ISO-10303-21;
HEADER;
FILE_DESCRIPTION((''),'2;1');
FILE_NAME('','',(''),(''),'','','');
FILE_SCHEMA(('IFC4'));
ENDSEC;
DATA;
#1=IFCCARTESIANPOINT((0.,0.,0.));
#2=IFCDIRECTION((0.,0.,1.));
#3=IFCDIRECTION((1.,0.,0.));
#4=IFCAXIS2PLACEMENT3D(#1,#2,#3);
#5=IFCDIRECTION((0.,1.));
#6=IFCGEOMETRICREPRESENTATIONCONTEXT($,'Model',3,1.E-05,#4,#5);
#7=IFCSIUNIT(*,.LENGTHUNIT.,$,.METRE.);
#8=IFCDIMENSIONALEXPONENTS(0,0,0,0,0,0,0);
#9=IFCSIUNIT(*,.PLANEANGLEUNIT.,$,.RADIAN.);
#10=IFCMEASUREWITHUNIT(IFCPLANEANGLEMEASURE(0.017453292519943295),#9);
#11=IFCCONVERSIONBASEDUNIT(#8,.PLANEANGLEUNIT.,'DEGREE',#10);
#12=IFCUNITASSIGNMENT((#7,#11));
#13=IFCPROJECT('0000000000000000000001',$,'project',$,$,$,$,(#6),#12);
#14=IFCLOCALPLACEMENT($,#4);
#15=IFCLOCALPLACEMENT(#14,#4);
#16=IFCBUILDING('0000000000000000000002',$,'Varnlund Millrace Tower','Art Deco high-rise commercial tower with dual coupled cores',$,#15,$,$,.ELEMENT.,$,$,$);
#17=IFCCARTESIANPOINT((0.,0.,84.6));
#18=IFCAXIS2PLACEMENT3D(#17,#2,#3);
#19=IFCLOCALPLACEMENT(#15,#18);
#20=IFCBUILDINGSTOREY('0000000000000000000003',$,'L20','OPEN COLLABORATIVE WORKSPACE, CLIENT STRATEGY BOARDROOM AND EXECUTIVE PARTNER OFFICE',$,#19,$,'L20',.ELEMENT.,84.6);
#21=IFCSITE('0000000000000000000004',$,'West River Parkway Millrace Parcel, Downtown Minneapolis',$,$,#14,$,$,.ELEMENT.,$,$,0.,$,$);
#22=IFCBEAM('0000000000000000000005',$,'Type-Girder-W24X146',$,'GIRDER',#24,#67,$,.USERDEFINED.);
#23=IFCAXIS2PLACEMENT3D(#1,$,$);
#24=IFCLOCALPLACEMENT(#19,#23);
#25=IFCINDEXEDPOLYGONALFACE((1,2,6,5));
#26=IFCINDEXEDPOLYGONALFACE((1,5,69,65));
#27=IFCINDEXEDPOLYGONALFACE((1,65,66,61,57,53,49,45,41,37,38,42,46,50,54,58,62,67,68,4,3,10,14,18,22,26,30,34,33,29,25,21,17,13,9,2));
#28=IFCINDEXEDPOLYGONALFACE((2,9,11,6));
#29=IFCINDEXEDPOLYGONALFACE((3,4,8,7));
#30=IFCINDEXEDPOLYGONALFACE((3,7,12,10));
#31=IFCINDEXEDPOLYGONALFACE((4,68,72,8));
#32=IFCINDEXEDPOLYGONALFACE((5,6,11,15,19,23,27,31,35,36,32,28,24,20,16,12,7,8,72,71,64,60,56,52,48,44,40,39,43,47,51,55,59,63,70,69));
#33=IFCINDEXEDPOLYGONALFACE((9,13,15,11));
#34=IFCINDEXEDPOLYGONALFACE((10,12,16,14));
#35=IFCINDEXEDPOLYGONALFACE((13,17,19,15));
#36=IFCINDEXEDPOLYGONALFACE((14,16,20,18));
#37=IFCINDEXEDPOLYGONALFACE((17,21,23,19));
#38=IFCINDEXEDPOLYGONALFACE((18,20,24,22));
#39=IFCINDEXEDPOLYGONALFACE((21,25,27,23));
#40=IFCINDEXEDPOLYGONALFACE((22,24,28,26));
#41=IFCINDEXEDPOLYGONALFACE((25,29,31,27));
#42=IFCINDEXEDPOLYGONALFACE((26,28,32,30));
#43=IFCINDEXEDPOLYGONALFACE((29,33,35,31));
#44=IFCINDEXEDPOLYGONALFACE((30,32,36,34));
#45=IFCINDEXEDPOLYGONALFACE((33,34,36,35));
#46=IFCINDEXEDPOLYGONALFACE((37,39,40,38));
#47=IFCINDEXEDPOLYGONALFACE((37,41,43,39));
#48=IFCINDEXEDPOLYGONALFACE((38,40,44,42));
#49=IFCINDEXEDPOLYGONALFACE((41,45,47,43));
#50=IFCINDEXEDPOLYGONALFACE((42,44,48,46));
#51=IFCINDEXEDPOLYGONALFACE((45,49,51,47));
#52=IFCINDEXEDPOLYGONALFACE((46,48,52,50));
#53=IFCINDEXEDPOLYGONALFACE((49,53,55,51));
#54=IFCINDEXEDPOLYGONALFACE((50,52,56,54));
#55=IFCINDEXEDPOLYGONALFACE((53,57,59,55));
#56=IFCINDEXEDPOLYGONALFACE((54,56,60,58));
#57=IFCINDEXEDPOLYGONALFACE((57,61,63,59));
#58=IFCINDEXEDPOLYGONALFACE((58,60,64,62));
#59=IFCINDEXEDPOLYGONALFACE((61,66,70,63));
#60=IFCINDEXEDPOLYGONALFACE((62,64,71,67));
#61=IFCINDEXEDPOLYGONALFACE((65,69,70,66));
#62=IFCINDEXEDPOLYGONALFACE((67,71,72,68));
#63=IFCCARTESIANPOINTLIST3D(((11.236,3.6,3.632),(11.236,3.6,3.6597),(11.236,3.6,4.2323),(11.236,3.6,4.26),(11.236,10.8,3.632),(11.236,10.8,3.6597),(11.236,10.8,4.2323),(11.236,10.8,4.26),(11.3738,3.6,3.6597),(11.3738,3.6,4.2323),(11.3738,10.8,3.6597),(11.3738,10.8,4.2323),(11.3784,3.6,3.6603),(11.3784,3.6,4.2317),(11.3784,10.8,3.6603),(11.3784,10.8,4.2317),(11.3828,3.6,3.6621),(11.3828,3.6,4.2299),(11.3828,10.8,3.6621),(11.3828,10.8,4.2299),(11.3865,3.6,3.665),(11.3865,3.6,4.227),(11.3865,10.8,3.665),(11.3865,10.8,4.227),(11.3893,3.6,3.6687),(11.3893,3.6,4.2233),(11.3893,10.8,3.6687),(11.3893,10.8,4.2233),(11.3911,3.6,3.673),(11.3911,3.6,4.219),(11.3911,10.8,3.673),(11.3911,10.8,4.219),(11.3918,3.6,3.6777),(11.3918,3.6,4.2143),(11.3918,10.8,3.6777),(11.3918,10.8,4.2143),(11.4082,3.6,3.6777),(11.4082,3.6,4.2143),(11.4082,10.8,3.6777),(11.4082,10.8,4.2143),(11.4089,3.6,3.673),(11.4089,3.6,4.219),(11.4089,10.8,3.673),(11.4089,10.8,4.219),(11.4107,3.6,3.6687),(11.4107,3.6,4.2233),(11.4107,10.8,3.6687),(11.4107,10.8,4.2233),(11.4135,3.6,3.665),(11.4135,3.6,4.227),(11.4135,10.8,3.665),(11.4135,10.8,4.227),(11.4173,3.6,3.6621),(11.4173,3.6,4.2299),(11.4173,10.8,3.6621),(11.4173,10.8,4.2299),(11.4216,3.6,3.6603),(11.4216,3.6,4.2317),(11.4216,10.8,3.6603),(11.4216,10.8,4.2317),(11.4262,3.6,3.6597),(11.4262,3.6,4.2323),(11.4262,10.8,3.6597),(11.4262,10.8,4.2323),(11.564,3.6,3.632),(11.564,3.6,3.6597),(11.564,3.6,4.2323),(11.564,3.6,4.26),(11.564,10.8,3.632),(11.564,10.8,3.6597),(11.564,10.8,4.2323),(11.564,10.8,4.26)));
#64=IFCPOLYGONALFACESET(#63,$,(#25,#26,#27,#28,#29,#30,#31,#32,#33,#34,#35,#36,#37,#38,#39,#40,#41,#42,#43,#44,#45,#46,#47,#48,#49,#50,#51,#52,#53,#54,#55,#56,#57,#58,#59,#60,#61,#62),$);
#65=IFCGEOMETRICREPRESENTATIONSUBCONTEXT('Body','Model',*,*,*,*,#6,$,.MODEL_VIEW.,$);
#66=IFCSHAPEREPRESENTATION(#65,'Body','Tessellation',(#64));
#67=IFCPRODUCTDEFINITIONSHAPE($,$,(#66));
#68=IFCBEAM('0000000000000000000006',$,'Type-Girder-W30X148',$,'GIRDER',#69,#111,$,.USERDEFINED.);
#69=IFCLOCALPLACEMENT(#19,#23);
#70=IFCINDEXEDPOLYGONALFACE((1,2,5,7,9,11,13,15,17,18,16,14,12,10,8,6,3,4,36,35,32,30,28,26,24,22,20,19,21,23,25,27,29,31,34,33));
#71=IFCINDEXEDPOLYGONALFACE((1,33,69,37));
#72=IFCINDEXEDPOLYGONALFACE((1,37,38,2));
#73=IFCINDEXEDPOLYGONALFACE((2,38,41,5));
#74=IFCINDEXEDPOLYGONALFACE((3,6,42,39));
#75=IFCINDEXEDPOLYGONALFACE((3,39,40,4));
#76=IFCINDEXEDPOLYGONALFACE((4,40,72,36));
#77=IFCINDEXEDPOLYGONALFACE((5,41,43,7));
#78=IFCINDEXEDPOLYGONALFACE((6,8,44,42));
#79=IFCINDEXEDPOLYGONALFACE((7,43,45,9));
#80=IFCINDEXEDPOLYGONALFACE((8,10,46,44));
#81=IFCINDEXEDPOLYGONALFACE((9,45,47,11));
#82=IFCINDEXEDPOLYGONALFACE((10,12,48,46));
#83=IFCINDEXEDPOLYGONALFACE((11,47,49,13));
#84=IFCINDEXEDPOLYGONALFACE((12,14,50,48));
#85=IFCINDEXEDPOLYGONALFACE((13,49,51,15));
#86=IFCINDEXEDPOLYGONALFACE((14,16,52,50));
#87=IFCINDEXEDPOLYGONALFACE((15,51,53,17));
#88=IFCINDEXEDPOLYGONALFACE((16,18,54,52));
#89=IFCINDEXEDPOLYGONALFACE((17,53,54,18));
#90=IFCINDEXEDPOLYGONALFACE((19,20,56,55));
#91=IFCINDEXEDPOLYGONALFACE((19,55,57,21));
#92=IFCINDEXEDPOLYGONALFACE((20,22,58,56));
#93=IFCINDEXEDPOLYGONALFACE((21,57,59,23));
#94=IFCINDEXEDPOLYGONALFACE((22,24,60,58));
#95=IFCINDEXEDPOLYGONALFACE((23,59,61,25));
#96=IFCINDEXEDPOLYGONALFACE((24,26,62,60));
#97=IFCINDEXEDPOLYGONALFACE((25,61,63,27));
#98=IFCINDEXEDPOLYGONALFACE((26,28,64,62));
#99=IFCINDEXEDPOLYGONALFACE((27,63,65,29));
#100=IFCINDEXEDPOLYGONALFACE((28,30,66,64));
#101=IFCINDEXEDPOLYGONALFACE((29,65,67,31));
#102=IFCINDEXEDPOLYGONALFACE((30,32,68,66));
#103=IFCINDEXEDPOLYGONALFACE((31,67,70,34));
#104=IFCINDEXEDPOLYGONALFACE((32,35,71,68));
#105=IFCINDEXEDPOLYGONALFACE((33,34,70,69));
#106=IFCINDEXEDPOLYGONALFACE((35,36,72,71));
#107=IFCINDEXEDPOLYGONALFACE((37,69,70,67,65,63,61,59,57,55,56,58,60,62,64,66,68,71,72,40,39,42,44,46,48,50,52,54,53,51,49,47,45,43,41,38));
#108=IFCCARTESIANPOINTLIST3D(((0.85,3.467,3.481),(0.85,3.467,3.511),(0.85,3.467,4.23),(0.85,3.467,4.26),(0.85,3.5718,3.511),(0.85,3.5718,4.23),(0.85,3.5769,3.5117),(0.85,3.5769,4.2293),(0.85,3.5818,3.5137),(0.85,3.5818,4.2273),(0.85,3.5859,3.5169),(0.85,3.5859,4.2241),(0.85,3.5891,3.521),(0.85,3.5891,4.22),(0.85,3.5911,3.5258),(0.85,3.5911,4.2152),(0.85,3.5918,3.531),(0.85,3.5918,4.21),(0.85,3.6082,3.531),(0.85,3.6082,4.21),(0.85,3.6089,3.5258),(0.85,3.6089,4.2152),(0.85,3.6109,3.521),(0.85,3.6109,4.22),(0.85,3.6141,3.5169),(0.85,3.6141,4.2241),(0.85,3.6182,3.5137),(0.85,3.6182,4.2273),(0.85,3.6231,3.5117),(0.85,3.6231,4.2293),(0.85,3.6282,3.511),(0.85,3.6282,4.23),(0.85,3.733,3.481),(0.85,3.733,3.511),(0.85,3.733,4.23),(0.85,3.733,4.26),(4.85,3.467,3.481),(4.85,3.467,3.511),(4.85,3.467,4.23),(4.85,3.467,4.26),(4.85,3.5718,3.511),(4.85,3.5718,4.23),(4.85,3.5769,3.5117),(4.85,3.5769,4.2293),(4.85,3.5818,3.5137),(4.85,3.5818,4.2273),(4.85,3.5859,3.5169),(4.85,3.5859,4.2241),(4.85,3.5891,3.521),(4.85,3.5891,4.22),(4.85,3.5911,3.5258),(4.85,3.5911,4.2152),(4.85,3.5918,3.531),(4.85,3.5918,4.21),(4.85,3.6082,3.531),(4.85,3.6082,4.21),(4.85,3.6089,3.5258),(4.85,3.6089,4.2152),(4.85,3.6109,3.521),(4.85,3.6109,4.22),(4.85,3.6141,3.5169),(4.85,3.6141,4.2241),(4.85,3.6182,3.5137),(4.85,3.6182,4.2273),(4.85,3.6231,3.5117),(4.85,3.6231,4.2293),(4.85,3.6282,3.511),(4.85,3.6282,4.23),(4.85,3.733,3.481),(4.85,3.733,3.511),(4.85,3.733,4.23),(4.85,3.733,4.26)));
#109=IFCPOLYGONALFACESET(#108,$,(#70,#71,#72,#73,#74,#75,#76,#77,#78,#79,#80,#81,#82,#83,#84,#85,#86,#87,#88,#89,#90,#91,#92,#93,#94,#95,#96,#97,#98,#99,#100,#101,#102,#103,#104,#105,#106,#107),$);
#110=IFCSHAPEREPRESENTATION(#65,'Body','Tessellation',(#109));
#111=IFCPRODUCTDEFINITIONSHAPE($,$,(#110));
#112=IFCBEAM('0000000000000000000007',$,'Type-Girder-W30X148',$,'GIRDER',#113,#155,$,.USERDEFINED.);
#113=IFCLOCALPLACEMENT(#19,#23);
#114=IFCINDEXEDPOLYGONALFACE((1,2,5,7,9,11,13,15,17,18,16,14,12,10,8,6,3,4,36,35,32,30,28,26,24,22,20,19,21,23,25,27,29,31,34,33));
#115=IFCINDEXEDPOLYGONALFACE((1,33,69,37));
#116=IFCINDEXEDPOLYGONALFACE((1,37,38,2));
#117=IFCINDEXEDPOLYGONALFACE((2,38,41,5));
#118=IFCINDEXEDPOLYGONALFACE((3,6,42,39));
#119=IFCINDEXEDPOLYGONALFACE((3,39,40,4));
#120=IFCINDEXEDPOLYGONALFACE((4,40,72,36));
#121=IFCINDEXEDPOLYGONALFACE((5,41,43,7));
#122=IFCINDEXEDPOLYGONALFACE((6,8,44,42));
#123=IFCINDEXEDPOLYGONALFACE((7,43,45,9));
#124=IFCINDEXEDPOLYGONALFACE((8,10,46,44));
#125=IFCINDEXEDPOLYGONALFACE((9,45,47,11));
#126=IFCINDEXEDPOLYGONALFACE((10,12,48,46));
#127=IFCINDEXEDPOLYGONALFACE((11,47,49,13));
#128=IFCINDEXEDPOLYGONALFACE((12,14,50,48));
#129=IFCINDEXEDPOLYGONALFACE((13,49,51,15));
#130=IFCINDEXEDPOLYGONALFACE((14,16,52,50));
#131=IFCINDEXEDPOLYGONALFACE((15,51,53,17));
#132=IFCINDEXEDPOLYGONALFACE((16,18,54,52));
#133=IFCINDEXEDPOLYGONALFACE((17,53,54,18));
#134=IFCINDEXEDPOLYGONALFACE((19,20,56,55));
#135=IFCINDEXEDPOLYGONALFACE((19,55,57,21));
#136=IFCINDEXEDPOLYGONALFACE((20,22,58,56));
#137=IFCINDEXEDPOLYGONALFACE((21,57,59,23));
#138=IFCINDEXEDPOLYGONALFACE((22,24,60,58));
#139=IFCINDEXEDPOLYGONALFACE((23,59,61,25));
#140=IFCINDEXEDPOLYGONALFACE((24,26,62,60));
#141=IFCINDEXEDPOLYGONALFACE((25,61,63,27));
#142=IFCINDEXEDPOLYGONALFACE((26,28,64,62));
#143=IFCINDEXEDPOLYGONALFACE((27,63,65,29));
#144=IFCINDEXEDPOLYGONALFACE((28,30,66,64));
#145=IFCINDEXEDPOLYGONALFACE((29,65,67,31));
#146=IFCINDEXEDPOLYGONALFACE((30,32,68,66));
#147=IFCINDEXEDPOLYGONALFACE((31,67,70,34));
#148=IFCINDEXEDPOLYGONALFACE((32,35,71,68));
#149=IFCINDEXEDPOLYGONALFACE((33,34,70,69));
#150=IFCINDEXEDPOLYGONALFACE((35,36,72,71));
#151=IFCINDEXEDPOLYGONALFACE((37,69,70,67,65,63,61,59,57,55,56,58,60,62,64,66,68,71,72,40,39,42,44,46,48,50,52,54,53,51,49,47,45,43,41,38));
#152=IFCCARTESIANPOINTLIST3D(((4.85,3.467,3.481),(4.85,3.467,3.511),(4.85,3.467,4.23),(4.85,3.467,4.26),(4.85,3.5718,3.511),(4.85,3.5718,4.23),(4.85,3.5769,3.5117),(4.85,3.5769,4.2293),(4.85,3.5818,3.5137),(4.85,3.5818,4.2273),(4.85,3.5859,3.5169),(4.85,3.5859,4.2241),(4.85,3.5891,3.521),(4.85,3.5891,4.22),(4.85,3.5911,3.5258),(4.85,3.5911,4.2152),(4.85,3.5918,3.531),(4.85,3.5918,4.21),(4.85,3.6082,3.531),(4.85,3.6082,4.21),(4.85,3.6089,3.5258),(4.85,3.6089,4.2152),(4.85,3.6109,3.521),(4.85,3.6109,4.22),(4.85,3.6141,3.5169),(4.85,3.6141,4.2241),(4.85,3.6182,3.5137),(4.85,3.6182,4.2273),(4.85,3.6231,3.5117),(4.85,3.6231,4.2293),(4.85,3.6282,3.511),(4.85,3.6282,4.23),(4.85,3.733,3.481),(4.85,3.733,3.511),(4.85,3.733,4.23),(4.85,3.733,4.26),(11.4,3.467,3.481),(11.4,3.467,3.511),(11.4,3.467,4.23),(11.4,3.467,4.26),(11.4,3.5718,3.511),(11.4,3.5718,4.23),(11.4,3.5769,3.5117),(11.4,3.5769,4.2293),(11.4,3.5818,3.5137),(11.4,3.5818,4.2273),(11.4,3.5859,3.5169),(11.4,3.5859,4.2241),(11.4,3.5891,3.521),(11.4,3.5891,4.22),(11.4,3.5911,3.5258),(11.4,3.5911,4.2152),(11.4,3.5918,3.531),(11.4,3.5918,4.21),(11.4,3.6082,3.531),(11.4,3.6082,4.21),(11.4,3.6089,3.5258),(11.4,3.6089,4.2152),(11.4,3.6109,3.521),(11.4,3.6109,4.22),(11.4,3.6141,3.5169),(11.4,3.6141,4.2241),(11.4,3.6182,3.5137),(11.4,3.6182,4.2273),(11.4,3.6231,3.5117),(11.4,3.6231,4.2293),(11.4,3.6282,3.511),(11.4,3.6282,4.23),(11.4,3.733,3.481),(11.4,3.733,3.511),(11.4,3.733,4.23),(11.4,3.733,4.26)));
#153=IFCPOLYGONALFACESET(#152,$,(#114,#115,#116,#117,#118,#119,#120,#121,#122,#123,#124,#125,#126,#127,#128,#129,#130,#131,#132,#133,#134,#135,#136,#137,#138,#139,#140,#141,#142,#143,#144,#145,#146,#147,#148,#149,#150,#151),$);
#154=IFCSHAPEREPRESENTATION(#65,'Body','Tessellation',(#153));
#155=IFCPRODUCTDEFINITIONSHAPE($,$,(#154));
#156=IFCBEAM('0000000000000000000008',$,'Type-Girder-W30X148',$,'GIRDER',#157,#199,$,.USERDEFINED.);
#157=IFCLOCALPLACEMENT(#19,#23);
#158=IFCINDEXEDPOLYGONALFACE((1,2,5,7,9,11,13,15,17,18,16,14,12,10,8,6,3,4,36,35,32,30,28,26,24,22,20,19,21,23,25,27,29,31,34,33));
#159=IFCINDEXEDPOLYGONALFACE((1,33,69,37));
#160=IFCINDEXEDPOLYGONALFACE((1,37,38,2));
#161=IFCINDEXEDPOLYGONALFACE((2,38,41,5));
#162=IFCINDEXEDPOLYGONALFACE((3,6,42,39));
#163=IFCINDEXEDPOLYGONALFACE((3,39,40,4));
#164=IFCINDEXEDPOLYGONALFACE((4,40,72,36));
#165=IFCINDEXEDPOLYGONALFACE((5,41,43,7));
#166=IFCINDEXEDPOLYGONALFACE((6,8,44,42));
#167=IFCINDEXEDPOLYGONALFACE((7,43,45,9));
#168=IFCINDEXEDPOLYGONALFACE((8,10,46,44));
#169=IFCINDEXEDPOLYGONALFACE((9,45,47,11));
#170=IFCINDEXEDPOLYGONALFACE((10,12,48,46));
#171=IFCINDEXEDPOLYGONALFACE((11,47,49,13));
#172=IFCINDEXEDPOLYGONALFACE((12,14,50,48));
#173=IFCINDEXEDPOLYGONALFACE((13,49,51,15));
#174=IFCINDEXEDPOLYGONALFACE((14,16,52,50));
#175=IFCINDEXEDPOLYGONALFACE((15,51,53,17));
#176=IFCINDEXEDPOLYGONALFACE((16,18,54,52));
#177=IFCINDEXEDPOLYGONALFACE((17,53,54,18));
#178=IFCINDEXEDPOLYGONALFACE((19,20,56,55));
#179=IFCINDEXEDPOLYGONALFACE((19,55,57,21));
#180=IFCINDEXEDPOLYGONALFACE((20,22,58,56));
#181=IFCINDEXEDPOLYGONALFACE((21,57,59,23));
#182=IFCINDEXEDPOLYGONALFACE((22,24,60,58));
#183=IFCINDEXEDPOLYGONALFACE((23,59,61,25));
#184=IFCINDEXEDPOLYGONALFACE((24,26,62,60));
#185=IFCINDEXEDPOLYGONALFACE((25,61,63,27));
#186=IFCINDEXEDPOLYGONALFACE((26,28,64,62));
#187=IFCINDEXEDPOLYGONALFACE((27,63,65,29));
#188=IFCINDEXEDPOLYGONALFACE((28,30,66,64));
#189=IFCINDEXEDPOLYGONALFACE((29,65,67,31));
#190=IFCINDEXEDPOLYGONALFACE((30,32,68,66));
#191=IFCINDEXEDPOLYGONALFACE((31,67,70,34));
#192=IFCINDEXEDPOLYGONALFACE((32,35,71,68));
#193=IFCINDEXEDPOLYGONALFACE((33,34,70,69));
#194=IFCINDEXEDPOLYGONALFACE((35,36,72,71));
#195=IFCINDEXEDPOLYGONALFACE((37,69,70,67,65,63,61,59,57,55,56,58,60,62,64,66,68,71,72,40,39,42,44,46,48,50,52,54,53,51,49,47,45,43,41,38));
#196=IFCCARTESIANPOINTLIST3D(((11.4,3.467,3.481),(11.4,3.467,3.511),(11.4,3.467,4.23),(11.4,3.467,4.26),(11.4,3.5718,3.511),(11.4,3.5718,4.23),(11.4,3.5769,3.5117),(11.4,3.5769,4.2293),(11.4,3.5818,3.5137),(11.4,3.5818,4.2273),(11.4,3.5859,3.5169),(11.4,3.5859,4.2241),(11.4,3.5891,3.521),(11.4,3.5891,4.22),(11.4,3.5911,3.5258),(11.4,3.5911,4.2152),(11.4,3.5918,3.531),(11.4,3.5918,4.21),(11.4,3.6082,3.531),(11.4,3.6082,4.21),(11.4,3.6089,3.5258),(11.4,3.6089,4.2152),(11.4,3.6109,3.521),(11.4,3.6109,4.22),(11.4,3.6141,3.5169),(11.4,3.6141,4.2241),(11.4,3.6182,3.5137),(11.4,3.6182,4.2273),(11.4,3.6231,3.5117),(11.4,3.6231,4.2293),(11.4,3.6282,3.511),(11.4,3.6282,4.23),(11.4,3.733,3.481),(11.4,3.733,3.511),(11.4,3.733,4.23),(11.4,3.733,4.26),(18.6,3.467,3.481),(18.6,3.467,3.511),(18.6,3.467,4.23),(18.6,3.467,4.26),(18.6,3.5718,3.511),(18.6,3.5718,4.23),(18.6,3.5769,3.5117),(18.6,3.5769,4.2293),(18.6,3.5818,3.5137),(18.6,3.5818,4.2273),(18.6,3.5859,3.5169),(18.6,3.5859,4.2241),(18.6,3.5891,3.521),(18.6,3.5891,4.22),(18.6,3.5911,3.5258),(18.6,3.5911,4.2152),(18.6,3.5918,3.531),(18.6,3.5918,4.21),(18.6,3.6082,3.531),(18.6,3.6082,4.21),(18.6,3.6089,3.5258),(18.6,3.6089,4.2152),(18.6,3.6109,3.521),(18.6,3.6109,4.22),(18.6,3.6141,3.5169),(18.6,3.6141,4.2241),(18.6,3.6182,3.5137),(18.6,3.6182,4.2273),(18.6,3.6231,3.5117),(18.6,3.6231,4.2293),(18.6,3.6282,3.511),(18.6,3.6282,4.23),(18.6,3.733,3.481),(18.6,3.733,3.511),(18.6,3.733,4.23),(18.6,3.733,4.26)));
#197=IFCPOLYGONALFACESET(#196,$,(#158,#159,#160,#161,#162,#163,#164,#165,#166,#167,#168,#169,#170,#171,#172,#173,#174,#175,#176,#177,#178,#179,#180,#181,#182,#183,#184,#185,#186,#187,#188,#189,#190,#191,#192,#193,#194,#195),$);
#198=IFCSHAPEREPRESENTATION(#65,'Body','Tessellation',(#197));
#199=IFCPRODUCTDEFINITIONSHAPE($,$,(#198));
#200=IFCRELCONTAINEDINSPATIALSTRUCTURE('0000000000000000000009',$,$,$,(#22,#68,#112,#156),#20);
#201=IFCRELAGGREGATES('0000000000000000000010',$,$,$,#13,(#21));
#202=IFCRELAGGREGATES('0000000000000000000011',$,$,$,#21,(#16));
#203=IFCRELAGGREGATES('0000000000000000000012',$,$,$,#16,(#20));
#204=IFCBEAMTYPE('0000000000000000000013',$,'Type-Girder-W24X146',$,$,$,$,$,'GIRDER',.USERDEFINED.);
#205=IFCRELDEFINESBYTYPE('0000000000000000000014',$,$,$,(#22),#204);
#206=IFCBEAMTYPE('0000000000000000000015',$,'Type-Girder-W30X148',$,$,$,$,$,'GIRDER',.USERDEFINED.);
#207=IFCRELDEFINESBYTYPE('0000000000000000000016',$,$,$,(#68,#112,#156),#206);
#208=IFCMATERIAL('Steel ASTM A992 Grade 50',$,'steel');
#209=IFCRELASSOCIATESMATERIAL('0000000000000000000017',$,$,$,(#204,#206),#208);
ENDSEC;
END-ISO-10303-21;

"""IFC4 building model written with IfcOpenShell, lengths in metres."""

from ifc_helpers import new_model, entity, si_unit, converted_unit, direction, frame, origin_with_axes, origin_2d_with_axis, place, context, subcontext, project, spatial, i_section, extrude, material, material_profile, profile_set, type_object, element, save


model = new_model("IFC4")

# Units and contexts
model_context = context("Model", 3, precision=1e-05, world=origin_with_axes(), true_north=direction((0.0, 1.0)))
body_context = subcontext(model_context, "Body", "Model", "MODEL_VIEW")
ifc_project = project(units=[si_unit("LENGTHUNIT", "METRE"), converted_unit("PLANEANGLEUNIT", "DEGREE", entity("IfcPlaneAngleMeasure", 0.017453292519943295), si_unit("PLANEANGLEUNIT", "RADIAN"), dimensions=[0, 0, 0, 0, 0, 0, 0])], contexts=[model_context])

# Site, building, storey
site_placement = place(None, origin_with_axes())
site = spatial("IfcSite", under=ifc_project, at=site_placement, Name="West River Parkway Millrace Parcel, Downtown Minneapolis", CompositionType="ELEMENT", RefElevation=0.0)
building_placement = place(site_placement, origin_with_axes())
building = spatial("IfcBuilding", under=site, at=building_placement, Name="Varnlund Millrace Tower", Description="Art Deco high-rise commercial tower with dual coupled cores", CompositionType="ELEMENT")
storey_placement = place(building_placement, frame((0.0, 0.0, 84.6), z_axis=(0.0, 0.0, 1.0), x_axis=(1.0, 0.0, 0.0)))
storey = spatial("IfcBuildingStorey", under=building, at=storey_placement, Name="L20", Description="OPEN COLLABORATIVE WORKSPACE, CLIENT STRATEGY BOARDROOM AND EXECUTIVE PARTNER OFFICE", LongName="L20", CompositionType="ELEMENT", Elevation=84.6)

# Beams
ifc_material_1 = material(Name="Steel ASTM A992 Grade 50", Category="steel")
ifc_material_profile_1 = material_profile(ifc_material_1, i_section(OverallWidth=0.328, OverallDepth=0.628, WebThickness=0.0165, FlangeThickness=0.0277, FilletRadius=0.018, at=origin_2d_with_axis()), Name="Steel ASTM A992 Grade 50")
ifc_profile_set_1 = profile_set([ifc_material_profile_1], Name="Steel ASTM A992 Grade 50")
beam_type_1 = type_object("IfcBeamType", Name="Type-Girder-W24X146", ElementType="GIRDER", PredefinedType="USERDEFINED", material=ifc_profile_set_1)
beam_1_placement = place(storey_placement, frame((11.4, 3.6, 3.946), z_axis=(0.0, 1.0, 0.0), x_axis=(-1.0, 0.0, 0.0)))
element("IfcBeam", 1, at=beam_1_placement, inside=storey, type_object=beam_type_1, Name="Type-Girder-W24X146", ObjectType="GIRDER", PredefinedType="USERDEFINED", context=body_context, shape_type="SweptSolid", body=[
    extrude(i_section(OverallWidth=0.328, OverallDepth=0.628, WebThickness=0.0165, FlangeThickness=0.0277, FilletRadius=0.018, at=origin_2d_with_axis()), origin_with_axes(), (0.0, 0.0, 1.0), 7.2),
])
ifc_material_profile_2 = material_profile(ifc_material_1, i_section(OverallWidth=0.266, OverallDepth=0.779, WebThickness=0.0165, FlangeThickness=0.03, FilletRadius=0.02, at=origin_2d_with_axis()), Name="Steel ASTM A992 Grade 50")
ifc_profile_set_2 = profile_set([ifc_material_profile_2], Name="Steel ASTM A992 Grade 50")
beam_type_2 = type_object("IfcBeamType", Name="Type-Girder-W30X148", ElementType="GIRDER", PredefinedType="USERDEFINED", material=ifc_profile_set_2)
beam_2_placement = place(storey_placement, frame((0.85, 3.6, 3.8705), z_axis=(1.0, 0.0, 0.0), x_axis=(0.0, 1.0, 0.0)))
element("IfcBeam", 2, at=beam_2_placement, inside=storey, type_object=beam_type_2, Name="Type-Girder-W30X148", ObjectType="GIRDER", PredefinedType="USERDEFINED", context=body_context, shape_type="SweptSolid", body=[
    extrude(i_section(OverallWidth=0.266, OverallDepth=0.779, WebThickness=0.0165, FlangeThickness=0.03, FilletRadius=0.02, at=origin_2d_with_axis()), origin_with_axes(), (0.0, 0.0, 1.0), 4.0),
])
beam_3_placement = place(storey_placement, frame((4.85, 3.6, 3.8705), z_axis=(1.0, 0.0, 0.0), x_axis=(0.0, 1.0, 0.0)))
element("IfcBeam", 3, at=beam_3_placement, inside=storey, type_object=beam_type_2, Name="Type-Girder-W30X148", ObjectType="GIRDER", PredefinedType="USERDEFINED", context=body_context, shape_type="SweptSolid", body=[
    extrude(i_section(OverallWidth=0.266, OverallDepth=0.779, WebThickness=0.0165, FlangeThickness=0.03, FilletRadius=0.02, at=origin_2d_with_axis()), origin_with_axes(), (0.0, 0.0, 1.0), 6.55),
])
beam_4_placement = place(storey_placement, frame((11.4, 3.6, 3.8705), z_axis=(1.0, 0.0, 0.0), x_axis=(0.0, 1.0, 0.0)))
element("IfcBeam", 4, at=beam_4_placement, inside=storey, type_object=beam_type_2, Name="Type-Girder-W30X148", ObjectType="GIRDER", PredefinedType="USERDEFINED", context=body_context, shape_type="SweptSolid", body=[
    extrude(i_section(OverallWidth=0.266, OverallDepth=0.779, WebThickness=0.0165, FlangeThickness=0.03, FilletRadius=0.02, at=origin_2d_with_axis()), origin_with_axes(), (0.0, 0.0, 1.0), 7.2),
])

save(model, "model.ifc")
